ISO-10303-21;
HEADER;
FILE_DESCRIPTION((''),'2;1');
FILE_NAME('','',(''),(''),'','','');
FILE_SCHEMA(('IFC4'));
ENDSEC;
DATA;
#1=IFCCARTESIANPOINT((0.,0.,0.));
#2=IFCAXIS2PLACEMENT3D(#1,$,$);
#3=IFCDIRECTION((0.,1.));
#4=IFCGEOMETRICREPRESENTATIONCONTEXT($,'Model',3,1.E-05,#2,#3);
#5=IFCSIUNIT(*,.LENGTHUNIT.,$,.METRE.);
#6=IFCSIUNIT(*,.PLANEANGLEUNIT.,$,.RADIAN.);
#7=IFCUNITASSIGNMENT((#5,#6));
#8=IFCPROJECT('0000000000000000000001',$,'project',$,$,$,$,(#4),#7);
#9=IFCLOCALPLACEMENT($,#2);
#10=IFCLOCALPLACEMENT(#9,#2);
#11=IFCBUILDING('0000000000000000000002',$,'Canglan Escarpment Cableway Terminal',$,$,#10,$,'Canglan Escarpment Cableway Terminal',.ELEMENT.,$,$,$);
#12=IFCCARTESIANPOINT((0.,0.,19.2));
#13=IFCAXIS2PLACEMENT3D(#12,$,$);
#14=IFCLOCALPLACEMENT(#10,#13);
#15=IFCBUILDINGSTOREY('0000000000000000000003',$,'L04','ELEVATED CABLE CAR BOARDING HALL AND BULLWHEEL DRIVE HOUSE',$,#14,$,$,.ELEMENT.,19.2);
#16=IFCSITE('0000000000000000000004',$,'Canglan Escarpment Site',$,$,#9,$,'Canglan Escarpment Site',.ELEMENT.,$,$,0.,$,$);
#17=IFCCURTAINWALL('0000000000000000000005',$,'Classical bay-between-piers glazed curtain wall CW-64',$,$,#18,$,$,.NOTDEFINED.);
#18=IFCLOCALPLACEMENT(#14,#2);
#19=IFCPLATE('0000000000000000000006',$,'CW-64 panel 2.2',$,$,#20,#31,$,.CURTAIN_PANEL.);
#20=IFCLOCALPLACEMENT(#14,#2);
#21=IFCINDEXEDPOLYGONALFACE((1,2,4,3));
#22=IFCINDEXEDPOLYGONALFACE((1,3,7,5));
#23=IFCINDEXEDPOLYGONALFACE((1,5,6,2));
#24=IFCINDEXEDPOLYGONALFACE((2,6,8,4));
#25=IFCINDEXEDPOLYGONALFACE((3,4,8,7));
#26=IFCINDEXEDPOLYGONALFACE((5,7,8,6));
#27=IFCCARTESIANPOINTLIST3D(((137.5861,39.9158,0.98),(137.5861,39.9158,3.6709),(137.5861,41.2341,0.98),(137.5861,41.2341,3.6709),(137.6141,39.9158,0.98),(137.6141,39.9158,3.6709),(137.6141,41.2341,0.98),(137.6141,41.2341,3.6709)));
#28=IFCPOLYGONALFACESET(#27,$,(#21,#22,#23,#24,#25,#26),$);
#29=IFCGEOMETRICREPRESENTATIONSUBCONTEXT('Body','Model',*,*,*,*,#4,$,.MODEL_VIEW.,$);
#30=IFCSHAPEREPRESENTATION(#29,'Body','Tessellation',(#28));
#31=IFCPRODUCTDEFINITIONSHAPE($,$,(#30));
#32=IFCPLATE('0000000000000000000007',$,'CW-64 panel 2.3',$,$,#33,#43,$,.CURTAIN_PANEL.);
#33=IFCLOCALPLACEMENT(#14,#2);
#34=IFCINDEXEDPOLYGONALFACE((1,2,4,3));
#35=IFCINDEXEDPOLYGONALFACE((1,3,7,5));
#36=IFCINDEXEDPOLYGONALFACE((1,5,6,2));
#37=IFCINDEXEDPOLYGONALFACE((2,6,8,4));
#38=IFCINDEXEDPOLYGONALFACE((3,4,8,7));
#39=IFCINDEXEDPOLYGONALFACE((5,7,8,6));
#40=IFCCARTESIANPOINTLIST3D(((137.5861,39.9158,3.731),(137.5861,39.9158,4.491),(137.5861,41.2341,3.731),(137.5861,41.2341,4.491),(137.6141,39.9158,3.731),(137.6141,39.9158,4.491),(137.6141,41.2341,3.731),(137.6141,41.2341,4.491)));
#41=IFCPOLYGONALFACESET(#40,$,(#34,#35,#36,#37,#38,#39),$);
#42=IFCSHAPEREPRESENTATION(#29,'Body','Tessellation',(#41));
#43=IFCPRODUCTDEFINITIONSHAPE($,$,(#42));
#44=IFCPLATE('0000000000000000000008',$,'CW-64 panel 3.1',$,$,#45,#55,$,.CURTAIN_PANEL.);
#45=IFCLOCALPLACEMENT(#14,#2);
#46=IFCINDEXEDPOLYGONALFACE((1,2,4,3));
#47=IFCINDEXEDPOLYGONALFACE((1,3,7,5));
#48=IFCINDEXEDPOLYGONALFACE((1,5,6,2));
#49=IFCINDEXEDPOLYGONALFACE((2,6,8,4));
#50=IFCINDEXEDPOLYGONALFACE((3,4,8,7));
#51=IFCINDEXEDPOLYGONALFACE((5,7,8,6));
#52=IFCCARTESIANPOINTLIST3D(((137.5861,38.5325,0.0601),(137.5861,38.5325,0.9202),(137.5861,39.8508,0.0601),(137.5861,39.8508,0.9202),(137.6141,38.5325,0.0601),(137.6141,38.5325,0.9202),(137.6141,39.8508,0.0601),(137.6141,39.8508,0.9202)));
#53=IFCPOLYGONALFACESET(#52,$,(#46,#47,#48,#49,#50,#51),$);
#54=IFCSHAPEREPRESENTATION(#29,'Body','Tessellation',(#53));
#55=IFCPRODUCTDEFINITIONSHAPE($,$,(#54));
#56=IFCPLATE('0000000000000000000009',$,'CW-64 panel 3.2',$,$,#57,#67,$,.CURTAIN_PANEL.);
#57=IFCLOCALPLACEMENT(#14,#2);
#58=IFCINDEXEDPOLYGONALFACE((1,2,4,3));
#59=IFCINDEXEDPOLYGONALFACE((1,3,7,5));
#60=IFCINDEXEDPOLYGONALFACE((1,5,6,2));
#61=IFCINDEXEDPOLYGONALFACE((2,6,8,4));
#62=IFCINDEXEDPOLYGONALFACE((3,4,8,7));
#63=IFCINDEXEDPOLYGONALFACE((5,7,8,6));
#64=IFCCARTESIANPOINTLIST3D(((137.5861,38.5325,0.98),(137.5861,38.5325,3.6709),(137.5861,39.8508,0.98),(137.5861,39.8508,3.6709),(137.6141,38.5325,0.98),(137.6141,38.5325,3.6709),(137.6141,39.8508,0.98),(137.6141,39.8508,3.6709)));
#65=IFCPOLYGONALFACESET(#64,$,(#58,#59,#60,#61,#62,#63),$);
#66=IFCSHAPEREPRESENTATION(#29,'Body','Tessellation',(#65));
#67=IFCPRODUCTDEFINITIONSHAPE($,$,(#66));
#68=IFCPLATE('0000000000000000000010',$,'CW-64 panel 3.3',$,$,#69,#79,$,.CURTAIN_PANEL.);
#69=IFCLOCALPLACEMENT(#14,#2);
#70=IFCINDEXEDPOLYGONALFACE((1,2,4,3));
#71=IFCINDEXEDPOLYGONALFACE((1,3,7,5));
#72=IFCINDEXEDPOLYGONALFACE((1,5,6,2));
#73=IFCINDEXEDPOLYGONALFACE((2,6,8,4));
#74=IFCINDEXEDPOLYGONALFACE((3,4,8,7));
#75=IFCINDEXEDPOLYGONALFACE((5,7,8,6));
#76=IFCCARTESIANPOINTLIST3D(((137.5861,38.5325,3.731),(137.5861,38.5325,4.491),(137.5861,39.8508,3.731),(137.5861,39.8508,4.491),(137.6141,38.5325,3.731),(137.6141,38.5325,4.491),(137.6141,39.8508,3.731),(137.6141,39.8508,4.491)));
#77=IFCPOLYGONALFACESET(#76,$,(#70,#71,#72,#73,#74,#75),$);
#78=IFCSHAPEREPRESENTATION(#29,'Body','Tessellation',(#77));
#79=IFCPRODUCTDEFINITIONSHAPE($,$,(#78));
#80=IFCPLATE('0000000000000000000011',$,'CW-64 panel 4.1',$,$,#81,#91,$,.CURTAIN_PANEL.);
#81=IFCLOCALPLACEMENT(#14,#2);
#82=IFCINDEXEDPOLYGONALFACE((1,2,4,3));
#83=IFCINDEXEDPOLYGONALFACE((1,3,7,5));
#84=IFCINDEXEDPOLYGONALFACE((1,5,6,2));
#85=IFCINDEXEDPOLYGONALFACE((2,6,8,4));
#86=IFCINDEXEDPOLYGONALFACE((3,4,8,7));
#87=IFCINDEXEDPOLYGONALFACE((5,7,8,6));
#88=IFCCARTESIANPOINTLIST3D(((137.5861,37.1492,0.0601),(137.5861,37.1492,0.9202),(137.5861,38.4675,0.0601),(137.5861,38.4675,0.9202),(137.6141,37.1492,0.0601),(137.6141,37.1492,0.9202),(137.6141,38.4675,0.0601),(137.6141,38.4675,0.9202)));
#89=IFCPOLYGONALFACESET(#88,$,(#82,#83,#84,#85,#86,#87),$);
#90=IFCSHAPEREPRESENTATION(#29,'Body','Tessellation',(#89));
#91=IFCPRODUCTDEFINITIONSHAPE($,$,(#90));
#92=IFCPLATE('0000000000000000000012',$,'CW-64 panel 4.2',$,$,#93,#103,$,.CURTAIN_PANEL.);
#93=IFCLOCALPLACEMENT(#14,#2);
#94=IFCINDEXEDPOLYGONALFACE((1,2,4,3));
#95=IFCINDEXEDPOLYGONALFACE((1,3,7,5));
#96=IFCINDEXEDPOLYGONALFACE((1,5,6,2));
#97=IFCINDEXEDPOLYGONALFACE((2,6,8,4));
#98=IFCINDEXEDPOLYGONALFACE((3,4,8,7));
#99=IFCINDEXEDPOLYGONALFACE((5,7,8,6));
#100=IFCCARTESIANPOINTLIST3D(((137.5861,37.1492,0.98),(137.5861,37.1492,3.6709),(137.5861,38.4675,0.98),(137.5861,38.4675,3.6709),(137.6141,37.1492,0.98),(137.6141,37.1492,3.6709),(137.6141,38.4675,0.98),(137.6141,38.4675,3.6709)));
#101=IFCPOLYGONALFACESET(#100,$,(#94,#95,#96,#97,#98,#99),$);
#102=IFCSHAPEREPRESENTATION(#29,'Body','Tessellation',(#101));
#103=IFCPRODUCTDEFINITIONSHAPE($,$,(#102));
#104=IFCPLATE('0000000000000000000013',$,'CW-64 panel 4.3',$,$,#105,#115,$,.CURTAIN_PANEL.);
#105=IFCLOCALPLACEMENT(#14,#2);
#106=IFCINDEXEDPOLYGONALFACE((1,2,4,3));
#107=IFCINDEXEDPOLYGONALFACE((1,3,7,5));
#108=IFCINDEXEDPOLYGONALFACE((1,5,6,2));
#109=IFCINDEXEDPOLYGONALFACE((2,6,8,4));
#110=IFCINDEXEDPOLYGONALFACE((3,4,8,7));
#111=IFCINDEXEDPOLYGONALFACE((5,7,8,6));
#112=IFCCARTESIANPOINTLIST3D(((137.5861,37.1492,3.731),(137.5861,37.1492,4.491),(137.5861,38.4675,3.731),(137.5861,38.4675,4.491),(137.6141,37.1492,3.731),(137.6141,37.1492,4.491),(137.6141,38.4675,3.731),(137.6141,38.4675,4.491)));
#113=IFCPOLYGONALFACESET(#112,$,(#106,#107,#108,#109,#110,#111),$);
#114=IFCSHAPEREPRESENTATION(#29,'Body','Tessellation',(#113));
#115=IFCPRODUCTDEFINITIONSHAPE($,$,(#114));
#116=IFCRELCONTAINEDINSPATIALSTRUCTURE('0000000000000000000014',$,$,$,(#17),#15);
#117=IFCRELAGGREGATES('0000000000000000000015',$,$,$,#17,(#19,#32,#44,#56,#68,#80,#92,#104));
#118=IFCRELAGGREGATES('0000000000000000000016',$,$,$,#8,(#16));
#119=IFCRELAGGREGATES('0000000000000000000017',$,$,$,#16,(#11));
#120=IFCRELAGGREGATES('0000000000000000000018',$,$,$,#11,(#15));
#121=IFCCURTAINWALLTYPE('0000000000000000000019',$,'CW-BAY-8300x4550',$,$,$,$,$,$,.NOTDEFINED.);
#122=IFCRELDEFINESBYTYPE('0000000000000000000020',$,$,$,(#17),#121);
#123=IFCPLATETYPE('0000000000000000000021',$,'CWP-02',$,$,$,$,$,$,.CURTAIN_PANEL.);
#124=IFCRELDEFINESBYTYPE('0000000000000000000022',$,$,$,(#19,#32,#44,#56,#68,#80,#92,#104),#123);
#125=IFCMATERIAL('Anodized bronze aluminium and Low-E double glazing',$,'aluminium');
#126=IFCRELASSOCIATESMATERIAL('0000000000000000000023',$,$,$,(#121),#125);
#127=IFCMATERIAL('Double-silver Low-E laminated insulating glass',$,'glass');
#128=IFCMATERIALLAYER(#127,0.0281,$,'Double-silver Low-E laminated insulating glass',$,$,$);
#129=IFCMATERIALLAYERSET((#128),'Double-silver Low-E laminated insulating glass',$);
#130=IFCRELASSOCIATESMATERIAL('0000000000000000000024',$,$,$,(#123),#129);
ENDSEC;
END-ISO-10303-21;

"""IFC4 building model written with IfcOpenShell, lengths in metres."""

from ifc_helpers import new_model, si_unit, direction, frame, origin, origin_2d, place, context, subcontext, project, spatial, rectangle, extrude, material, layer, layer_set, type_object, element, aggregate, save


model = new_model("IFC4")

# Units and contexts
model_context = context("Model", 3, precision=1e-05, world=origin(), true_north=direction((0.0, 1.0)))
body_context = subcontext(model_context, "Body", "Model", "MODEL_VIEW")
ifc_project = project(units=[si_unit("LENGTHUNIT", "METRE"), si_unit("PLANEANGLEUNIT", "RADIAN")], contexts=[model_context])

# Site, building, storey
site_placement = place(None, origin())
site = spatial("IfcSite", under=ifc_project, at=site_placement, Name="Canglan Escarpment Site", LongName="Canglan Escarpment Site", CompositionType="ELEMENT", RefElevation=0.0)
building_placement = place(site_placement, origin())
building = spatial("IfcBuilding", under=site, at=building_placement, Name="Canglan Escarpment Cableway Terminal", LongName="Canglan Escarpment Cableway Terminal", CompositionType="ELEMENT")
storey_placement = place(building_placement, frame((0.0, 0.0, 19.2)))
storey = spatial("IfcBuildingStorey", under=building, at=storey_placement, Name="L04", Description="ELEVATED CABLE CAR BOARDING HALL AND BULLWHEEL DRIVE HOUSE", CompositionType="ELEMENT", Elevation=19.2)

# Curtain wall, plates
ifc_material_1 = material(Name="Anodized bronze aluminium and Low-E double glazing", Category="aluminium")
curtain_wall_type = type_object("IfcCurtainWallType", Name="CW-BAY-8300x4550", PredefinedType="NOTDEFINED", material=ifc_material_1)
curtain_wall_placement = place(storey_placement, origin())
curtain_wall = element("IfcCurtainWall", 1, at=curtain_wall_placement, inside=storey, type_object=curtain_wall_type, Name="Classical bay-between-piers glazed curtain wall CW-64", PredefinedType="NOTDEFINED")
ifc_material_2 = material(Name="Double-silver Low-E laminated insulating glass", Category="glass")
ifc_layer = layer(ifc_material_2, 0.0281, Name="Double-silver Low-E laminated insulating glass")
ifc_layer_set = layer_set([ifc_layer], Name="Double-silver Low-E laminated insulating glass")
plate_type = type_object("IfcPlateType", Name="CWP-02", PredefinedType="CURTAIN_PANEL", material=ifc_layer_set)
plate_1_placement = place(storey_placement, frame((137.6001, 40.575, 0.98), z_axis=(0.0, 0.0, 1.0), x_axis=(0.0, -1.0, 0.0)))
plate_1 = element("IfcPlate", 2, at=plate_1_placement, type_object=plate_type, Name="CW-64 panel 2.2", PredefinedType="CURTAIN_PANEL", context=body_context, shape_type="SweptSolid", body=[
    extrude(rectangle(XDim=1.3184, YDim=0.0281, at=origin_2d()), origin(), (0.0, 0.0, 1.0), 2.6909),
])
plate_2_placement = place(storey_placement, frame((137.6001, 40.575, 3.731), z_axis=(0.0, 0.0, 1.0), x_axis=(0.0, -1.0, 0.0)))
plate_2 = element("IfcPlate", 3, at=plate_2_placement, type_object=plate_type, Name="CW-64 panel 2.3", PredefinedType="CURTAIN_PANEL", context=body_context, shape_type="SweptSolid", body=[
    extrude(rectangle(XDim=1.3184, YDim=0.0281, at=origin_2d()), origin(), (0.0, 0.0, 1.0), 0.76),
])
plate_3_placement = place(storey_placement, frame((137.6001, 39.1917, 0.0601), z_axis=(0.0, 0.0, 1.0), x_axis=(0.0, -1.0, 0.0)))
plate_3 = element("IfcPlate", 4, at=plate_3_placement, type_object=plate_type, Name="CW-64 panel 3.1", PredefinedType="CURTAIN_PANEL", context=body_context, shape_type="SweptSolid", body=[
    extrude(rectangle(XDim=1.3184, YDim=0.0281, at=origin_2d()), origin(), (0.0, 0.0, 1.0), 0.8601),
])
plate_4_placement = place(storey_placement, frame((137.6001, 39.1917, 0.98), z_axis=(0.0, 0.0, 1.0), x_axis=(0.0, -1.0, 0.0)))
plate_4 = element("IfcPlate", 5, at=plate_4_placement, type_object=plate_type, Name="CW-64 panel 3.2", PredefinedType="CURTAIN_PANEL", context=body_context, shape_type="SweptSolid", body=[
    extrude(rectangle(XDim=1.3184, YDim=0.0281, at=origin_2d()), origin(), (0.0, 0.0, 1.0), 2.6909),
])
plate_5_placement = place(storey_placement, frame((137.6001, 39.1917, 3.731), z_axis=(0.0, 0.0, 1.0), x_axis=(0.0, -1.0, 0.0)))
plate_5 = element("IfcPlate", 6, at=plate_5_placement, type_object=plate_type, Name="CW-64 panel 3.3", PredefinedType="CURTAIN_PANEL", context=body_context, shape_type="SweptSolid", body=[
    extrude(rectangle(XDim=1.3184, YDim=0.0281, at=origin_2d()), origin(), (0.0, 0.0, 1.0), 0.76),
])
plate_6_placement = place(storey_placement, frame((137.6001, 37.8083, 0.0601), z_axis=(0.0, 0.0, 1.0), x_axis=(0.0, -1.0, 0.0)))
plate_6 = element("IfcPlate", 7, at=plate_6_placement, type_object=plate_type, Name="CW-64 panel 4.1", PredefinedType="CURTAIN_PANEL", context=body_context, shape_type="SweptSolid", body=[
    extrude(rectangle(XDim=1.3184, YDim=0.0281, at=origin_2d()), origin(), (0.0, 0.0, 1.0), 0.8601),
])
plate_7_placement = place(storey_placement, frame((137.6001, 37.8083, 0.98), z_axis=(0.0, 0.0, 1.0), x_axis=(0.0, -1.0, 0.0)))
plate_7 = element("IfcPlate", 8, at=plate_7_placement, type_object=plate_type, Name="CW-64 panel 4.2", PredefinedType="CURTAIN_PANEL", context=body_context, shape_type="SweptSolid", body=[
    extrude(rectangle(XDim=1.3184, YDim=0.0281, at=origin_2d()), origin(), (0.0, 0.0, 1.0), 2.6909),
])
plate_8_placement = place(storey_placement, frame((137.6001, 37.8083, 3.731), z_axis=(0.0, 0.0, 1.0), x_axis=(0.0, -1.0, 0.0)))
plate_8 = element("IfcPlate", 9, at=plate_8_placement, type_object=plate_type, Name="CW-64 panel 4.3", PredefinedType="CURTAIN_PANEL", context=body_context, shape_type="SweptSolid", body=[
    extrude(rectangle(XDim=1.3184, YDim=0.0281, at=origin_2d()), origin(), (0.0, 0.0, 1.0), 0.76),
])
aggregate(curtain_wall, [plate_1, plate_2, plate_3, plate_4, plate_5, plate_6, plate_7, plate_8])

save(model, "model.ifc")
